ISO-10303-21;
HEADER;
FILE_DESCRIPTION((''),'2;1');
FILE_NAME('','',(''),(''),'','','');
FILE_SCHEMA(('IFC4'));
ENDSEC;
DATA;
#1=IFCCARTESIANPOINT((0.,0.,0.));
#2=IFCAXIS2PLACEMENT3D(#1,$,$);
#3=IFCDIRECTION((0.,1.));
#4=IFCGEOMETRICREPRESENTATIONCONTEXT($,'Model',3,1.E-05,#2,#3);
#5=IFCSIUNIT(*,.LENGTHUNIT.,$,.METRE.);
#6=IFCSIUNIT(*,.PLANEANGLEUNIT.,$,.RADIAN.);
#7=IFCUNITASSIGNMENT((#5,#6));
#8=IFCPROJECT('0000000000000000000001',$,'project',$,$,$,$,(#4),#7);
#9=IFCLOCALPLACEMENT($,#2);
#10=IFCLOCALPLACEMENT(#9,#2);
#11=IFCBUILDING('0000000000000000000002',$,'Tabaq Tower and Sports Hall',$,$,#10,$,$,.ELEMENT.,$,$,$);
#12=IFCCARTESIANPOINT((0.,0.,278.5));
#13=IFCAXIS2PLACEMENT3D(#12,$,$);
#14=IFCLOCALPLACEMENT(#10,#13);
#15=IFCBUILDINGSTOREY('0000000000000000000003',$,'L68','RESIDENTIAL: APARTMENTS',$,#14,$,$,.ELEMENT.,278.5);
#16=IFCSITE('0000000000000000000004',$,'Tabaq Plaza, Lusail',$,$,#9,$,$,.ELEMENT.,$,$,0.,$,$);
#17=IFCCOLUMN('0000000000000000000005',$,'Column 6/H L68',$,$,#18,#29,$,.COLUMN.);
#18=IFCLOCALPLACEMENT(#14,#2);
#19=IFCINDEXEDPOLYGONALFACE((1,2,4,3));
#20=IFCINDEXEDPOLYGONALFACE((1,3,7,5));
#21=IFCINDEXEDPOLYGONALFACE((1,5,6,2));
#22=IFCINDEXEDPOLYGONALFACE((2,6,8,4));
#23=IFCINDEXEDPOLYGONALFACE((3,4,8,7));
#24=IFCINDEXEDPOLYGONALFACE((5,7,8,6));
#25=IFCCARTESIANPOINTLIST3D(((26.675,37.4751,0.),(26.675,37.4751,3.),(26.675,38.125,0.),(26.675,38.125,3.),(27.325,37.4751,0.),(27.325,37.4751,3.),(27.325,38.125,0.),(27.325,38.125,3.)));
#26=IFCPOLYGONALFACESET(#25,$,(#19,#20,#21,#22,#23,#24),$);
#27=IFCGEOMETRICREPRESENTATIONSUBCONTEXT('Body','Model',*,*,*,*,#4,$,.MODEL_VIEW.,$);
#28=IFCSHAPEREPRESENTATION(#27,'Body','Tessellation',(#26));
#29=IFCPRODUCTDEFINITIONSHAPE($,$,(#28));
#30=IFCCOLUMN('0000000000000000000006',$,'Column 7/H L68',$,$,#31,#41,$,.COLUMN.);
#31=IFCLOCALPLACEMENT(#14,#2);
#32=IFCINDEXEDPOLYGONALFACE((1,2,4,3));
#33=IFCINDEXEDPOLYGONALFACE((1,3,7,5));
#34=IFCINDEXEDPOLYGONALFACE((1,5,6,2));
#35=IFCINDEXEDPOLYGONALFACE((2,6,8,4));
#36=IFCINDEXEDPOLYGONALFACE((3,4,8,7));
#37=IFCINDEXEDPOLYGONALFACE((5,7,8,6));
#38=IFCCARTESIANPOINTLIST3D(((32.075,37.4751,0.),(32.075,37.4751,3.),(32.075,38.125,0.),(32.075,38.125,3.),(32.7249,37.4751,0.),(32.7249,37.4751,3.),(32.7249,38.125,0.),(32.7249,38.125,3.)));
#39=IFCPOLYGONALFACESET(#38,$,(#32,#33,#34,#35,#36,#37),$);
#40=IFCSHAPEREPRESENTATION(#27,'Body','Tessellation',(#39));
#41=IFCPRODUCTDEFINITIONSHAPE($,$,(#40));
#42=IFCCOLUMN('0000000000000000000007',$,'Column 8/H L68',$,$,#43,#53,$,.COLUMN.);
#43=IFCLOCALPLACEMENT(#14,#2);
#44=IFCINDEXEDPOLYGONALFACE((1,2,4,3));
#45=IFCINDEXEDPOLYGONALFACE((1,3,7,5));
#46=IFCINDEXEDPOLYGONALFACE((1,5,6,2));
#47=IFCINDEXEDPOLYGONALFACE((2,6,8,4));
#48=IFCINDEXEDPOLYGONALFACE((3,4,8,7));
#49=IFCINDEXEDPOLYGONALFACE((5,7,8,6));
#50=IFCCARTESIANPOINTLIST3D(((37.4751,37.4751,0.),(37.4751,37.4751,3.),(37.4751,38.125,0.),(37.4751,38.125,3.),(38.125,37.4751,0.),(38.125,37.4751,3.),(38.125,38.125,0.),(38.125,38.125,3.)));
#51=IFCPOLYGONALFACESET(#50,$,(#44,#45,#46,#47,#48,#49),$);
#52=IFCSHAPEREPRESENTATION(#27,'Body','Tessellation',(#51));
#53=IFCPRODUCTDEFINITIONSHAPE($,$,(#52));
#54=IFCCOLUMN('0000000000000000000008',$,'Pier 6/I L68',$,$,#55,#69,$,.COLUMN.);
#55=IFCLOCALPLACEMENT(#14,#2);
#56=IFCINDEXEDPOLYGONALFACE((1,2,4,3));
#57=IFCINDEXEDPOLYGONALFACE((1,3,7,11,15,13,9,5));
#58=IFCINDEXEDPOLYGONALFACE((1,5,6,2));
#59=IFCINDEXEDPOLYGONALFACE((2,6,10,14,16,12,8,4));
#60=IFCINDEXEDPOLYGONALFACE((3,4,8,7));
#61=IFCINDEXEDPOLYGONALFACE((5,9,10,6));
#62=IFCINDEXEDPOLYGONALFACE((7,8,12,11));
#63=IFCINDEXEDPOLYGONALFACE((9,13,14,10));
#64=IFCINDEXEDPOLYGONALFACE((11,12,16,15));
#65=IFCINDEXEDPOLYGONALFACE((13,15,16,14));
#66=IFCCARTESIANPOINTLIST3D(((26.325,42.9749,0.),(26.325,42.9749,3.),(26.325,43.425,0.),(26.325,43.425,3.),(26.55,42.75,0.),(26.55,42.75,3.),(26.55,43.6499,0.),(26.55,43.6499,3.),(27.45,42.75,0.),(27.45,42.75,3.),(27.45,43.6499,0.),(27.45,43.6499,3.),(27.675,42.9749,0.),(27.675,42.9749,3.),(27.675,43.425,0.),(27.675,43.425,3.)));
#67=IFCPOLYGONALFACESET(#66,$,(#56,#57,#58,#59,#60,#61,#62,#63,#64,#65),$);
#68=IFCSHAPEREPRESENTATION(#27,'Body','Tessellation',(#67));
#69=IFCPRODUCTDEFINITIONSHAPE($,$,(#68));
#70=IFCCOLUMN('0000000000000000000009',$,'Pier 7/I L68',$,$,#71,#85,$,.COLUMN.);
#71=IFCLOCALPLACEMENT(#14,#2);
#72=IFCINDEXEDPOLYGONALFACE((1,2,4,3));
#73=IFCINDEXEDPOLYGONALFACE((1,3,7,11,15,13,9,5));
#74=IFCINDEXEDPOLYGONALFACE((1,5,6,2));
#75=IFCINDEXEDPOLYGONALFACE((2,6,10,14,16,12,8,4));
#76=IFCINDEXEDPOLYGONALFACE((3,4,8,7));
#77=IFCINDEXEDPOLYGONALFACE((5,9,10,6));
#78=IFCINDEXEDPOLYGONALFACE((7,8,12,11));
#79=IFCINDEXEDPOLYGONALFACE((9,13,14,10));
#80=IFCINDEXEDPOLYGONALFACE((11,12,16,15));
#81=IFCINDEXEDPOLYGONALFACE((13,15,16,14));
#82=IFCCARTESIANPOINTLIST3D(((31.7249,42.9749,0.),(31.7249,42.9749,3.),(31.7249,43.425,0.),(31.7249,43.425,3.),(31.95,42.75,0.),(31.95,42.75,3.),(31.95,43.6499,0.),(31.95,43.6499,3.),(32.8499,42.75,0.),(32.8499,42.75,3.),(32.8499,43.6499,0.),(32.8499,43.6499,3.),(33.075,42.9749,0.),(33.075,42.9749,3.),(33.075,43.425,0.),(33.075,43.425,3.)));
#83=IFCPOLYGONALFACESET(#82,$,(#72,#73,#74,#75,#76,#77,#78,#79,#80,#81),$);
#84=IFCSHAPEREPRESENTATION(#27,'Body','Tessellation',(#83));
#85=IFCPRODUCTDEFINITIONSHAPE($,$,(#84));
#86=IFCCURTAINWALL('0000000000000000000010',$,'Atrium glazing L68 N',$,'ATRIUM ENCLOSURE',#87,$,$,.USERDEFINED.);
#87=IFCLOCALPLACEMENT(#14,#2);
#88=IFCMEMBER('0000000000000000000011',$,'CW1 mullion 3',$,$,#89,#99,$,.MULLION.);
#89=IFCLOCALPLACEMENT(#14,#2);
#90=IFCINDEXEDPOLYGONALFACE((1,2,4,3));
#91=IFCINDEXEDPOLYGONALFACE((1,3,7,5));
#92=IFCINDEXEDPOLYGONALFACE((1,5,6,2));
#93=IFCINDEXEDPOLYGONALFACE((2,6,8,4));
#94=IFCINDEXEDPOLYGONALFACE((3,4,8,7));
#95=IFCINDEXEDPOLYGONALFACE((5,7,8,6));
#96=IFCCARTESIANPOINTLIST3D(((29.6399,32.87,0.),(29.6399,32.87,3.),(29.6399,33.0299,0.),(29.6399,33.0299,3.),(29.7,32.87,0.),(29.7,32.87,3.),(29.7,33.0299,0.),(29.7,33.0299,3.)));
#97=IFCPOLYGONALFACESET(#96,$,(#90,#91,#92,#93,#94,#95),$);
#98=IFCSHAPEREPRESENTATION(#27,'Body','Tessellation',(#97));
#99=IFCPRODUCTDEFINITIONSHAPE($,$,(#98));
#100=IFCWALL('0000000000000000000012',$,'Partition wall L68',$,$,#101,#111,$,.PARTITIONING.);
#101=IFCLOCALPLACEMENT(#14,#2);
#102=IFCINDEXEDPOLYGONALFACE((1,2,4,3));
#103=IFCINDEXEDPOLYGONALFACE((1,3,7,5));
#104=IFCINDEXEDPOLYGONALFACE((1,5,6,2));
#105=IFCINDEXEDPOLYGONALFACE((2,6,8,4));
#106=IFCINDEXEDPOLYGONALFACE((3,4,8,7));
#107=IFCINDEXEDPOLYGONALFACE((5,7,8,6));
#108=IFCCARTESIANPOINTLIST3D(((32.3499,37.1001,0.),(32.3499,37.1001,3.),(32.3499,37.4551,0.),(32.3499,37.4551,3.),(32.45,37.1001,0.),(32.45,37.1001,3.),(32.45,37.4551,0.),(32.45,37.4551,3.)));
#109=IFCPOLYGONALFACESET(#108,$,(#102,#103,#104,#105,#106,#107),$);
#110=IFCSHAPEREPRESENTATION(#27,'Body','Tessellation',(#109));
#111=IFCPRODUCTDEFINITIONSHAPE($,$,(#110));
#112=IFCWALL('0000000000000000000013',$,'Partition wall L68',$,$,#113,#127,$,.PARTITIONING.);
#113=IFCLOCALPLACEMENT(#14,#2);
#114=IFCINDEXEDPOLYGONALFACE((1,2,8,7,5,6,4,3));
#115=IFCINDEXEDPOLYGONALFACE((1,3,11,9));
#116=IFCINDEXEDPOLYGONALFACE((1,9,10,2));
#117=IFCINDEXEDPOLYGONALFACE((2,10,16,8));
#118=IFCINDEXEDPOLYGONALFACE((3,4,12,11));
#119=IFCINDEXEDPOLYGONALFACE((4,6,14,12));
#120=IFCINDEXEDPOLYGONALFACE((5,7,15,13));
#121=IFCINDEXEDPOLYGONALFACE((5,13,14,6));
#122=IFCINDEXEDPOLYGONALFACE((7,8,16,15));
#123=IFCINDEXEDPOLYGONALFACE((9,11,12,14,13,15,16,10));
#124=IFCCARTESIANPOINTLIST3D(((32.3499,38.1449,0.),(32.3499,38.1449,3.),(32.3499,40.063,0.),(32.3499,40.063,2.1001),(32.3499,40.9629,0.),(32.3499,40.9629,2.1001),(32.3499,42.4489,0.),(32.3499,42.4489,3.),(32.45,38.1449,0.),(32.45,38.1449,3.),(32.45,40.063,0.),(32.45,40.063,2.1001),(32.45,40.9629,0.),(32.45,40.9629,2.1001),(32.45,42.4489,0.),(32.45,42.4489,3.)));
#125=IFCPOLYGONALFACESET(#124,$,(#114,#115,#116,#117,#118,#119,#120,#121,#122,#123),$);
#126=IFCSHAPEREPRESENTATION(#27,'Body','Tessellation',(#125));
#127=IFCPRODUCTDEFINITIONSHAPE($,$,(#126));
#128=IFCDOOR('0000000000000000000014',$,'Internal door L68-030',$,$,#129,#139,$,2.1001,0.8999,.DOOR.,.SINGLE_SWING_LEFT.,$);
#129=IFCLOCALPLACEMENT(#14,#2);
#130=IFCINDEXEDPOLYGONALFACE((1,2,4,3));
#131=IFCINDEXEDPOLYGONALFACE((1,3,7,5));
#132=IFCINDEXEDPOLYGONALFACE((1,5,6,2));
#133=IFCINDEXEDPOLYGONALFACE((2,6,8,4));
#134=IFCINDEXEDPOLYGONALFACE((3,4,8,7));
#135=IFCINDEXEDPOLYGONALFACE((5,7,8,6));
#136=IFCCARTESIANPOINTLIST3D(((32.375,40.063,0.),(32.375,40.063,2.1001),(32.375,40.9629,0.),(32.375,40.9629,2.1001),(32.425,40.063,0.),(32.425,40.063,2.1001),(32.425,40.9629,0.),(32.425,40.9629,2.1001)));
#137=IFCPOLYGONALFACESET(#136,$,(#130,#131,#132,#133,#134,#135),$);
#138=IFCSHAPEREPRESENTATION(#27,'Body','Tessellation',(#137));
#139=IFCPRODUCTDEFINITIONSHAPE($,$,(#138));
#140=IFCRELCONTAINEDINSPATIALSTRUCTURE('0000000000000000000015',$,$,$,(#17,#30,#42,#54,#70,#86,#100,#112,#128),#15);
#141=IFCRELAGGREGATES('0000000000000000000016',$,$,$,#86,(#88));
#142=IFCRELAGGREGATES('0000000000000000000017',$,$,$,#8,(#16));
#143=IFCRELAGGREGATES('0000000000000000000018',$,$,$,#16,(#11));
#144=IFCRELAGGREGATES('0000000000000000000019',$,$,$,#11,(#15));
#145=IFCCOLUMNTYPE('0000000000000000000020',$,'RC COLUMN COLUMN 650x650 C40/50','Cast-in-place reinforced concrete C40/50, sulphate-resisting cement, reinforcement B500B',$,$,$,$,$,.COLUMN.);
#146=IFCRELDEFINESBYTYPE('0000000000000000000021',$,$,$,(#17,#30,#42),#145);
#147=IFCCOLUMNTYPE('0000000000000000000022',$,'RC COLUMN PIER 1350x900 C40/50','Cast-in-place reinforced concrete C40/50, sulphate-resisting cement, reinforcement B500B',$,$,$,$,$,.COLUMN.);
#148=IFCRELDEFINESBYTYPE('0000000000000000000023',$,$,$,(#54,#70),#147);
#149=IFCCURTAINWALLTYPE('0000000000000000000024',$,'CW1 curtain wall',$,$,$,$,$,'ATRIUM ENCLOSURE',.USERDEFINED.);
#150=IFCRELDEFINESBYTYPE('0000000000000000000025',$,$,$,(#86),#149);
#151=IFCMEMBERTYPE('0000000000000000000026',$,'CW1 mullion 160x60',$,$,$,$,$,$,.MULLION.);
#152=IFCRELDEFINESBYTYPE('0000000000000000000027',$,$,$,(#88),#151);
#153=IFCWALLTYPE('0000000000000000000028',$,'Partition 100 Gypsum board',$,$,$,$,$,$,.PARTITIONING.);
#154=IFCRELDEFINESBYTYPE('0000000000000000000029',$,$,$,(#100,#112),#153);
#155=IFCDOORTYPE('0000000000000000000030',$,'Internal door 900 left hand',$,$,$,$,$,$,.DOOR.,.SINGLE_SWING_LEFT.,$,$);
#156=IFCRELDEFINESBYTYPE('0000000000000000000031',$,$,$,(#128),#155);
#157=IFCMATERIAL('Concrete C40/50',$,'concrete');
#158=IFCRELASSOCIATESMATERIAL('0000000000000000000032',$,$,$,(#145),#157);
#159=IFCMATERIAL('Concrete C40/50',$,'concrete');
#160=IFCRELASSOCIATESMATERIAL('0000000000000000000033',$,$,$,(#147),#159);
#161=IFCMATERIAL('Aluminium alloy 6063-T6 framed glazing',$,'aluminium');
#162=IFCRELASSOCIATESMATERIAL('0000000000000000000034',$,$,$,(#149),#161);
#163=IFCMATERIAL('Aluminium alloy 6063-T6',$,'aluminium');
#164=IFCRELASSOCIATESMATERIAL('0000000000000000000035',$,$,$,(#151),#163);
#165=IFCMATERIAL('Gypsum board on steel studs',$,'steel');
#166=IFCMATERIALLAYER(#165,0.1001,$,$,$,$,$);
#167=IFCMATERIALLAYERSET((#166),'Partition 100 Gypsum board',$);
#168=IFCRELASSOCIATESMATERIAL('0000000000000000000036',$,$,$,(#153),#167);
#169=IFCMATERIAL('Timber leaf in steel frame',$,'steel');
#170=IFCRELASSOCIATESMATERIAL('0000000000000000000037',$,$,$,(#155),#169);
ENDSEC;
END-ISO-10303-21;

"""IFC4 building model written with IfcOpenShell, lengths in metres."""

from ifc_helpers import new_model, si_unit, direction, frame, frame_2d, origin, origin_2d, place, context, subcontext, project, spatial, polyline, rectangle, outline, extrude, material, layer, layer_set, material_profile, profile_set, type_object, element, fill, aggregate, save


model = new_model("IFC4")

# Units and contexts
model_context = context("Model", 3, precision=1e-05, world=origin(), true_north=direction((0.0, 1.0)))
body_context = subcontext(model_context, "Body", "Model", "MODEL_VIEW")
ifc_project = project(units=[si_unit("LENGTHUNIT", "METRE"), si_unit("PLANEANGLEUNIT", "RADIAN")], contexts=[model_context])

# Site, building, storey
site_placement = place(None, origin())
site = spatial("IfcSite", under=ifc_project, at=site_placement, Name="Tabaq Plaza, Lusail", CompositionType="ELEMENT", RefElevation=0.0)
building_placement = place(site_placement, origin())
building = spatial("IfcBuilding", under=site, at=building_placement, Name="Tabaq Tower and Sports Hall", CompositionType="ELEMENT")
storey_placement = place(building_placement, frame((0.0, 0.0, 278.5)))
storey = spatial("IfcBuildingStorey", under=building, at=storey_placement, Name="L68", Description="RESIDENTIAL: APARTMENTS", CompositionType="ELEMENT", Elevation=278.5)

# Columns
ifc_material_1 = material(Name="Concrete C40/50", Category="concrete")
ifc_material_profile_1 = material_profile(ifc_material_1, rectangle(XDim=0.6499, YDim=0.6499, at=origin_2d()), Name="COLUMN 650x650")
ifc_profile_set_1 = profile_set([ifc_material_profile_1], Name="Concrete C40/50")
column_type_1 = type_object("IfcColumnType", Name="RC COLUMN COLUMN 650x650 C40/50", Description="Cast-in-place reinforced concrete C40/50, sulphate-resisting cement, reinforcement B500B", PredefinedType="COLUMN", material=ifc_profile_set_1)
for number, where, z_axis, x_axis, name in (
    (1, (27.0, 37.8, 0.0), (0.0, 0.0, 1.0), (1.0, 0.0, 0.0), "Column 6/H L68"),
    (2, (32.3999, 37.8, 0.0), (0.0, 0.0, 1.0), (1.0, 0.0, 0.0), "Column 7/H L68"),
    (3, (37.8, 37.8, 0.0), (0.0, 0.0, 1.0), (1.0, 0.0, 0.0), "Column 8/H L68"),
):
    element("IfcColumn", number, at=place(storey_placement, frame(where, z_axis=z_axis, x_axis=x_axis)), inside=storey, type_object=column_type_1, Name=name, PredefinedType="COLUMN", context=body_context, shape_type="SweptSolid", body=[
        extrude(rectangle(XDim=0.6499, YDim=0.6499, at=origin_2d()), origin(), (0.0, 0.0, 1.0), 3.0),
    ])
ifc_material_2 = material(Name="Concrete C40/50", Category="concrete")
ifc_material_profile_2 = material_profile(ifc_material_2, outline(polyline([(-0.45, -0.45), (0.45, -0.45), (0.675, -0.2251), (0.675, 0.2251), (0.45, 0.45), (-0.45, 0.45), (-0.675, 0.2251), (-0.675, -0.2251), (-0.45, -0.45)])), Name="PIER 1350x900")
ifc_profile_set_2 = profile_set([ifc_material_profile_2], Name="Concrete C40/50")
column_type_2 = type_object("IfcColumnType", Name="RC COLUMN PIER 1350x900 C40/50", Description="Cast-in-place reinforced concrete C40/50, sulphate-resisting cement, reinforcement B500B", PredefinedType="COLUMN", material=ifc_profile_set_2)
for number, where, z_axis, x_axis, name in (
    (4, (27.0, 43.2, 0.0), (0.0, 0.0, 1.0), (1.0, 0.0, 0.0), "Pier 6/I L68"),
    (5, (32.3999, 43.2, 0.0), (0.0, 0.0, 1.0), (1.0, 0.0, 0.0), "Pier 7/I L68"),
):
    element("IfcColumn", number, at=place(storey_placement, frame(where, z_axis=z_axis, x_axis=x_axis)), inside=storey, type_object=column_type_2, Name=name, PredefinedType="COLUMN", context=body_context, shape_type="SweptSolid", body=[
        extrude(outline(polyline([(-0.45, -0.45), (0.45, -0.45), (0.675, -0.2251), (0.675, 0.2251), (0.45, 0.45), (-0.45, 0.45), (-0.675, 0.2251), (-0.675, -0.2251), (-0.45, -0.45)])), origin(), (0.0, 0.0, 1.0), 3.0),
    ])

# Curtain wall, member
ifc_material_3 = material(Name="Aluminium alloy 6063-T6 framed glazing", Category="aluminium")
curtain_wall_type = type_object("IfcCurtainWallType", Name="CW1 curtain wall", ElementType="ATRIUM ENCLOSURE", PredefinedType="USERDEFINED", material=ifc_material_3)
curtain_wall_placement = place(storey_placement, origin())
curtain_wall = element("IfcCurtainWall", 6, at=curtain_wall_placement, inside=storey, type_object=curtain_wall_type, Name="Atrium glazing L68 N", ObjectType="ATRIUM ENCLOSURE", PredefinedType="USERDEFINED")
ifc_material_4 = material(Name="Aluminium alloy 6063-T6", Category="aluminium")
ifc_material_profile_3 = material_profile(ifc_material_4, rectangle(XDim=0.1599, YDim=0.0601, at=origin_2d()), Name="MULLION 160x60")
ifc_profile_set_3 = profile_set([ifc_material_profile_3], Name="Aluminium alloy 6063-T6")
member_type = type_object("IfcMemberType", Name="CW1 mullion 160x60", PredefinedType="MULLION", material=ifc_profile_set_3)
member_placement = place(storey_placement, frame((29.6699, 32.95, 0.0), z_axis=(0.0, 0.0, 1.0), x_axis=(0.0, 1.0, 0.0)))
member = element("IfcMember", 7, at=member_placement, type_object=member_type, Name="CW1 mullion 3", PredefinedType="MULLION", context=body_context, shape_type="SweptSolid", body=[
    extrude(rectangle(XDim=0.1599, YDim=0.0601, at=origin_2d()), origin(), (0.0, 0.0, 1.0), 3.0),
])
aggregate(curtain_wall, [member])

# Wall
ifc_material_5 = material(Name="Gypsum board on steel studs", Category="steel")
ifc_layer_1 = layer(ifc_material_5, 0.1001)
ifc_layer_set_1 = layer_set([ifc_layer_1], Name="Partition 100 Gypsum board")
wall_type_1 = type_object("IfcWallType", Name="Partition 100 Gypsum board", PredefinedType="PARTITIONING", material=ifc_layer_set_1)
wall_1_placement = place(storey_placement, frame((32.3999, 37.1001, 0.0), z_axis=(0.0, 0.0, 1.0), x_axis=(0.0, 1.0, 0.0)))
element("IfcWall", 8, at=wall_1_placement, inside=storey, type_object=wall_type_1, Name="Partition wall L68", PredefinedType="PARTITIONING", context=body_context, shape_type="SweptSolid", body=[
    extrude(rectangle(XDim=0.355, YDim=0.1001, at=frame_2d((0.1775, 0.0))), origin(), (0.0, 0.0, 1.0), 3.0),
])

# Wall, opening, door
wall_2_placement = place(storey_placement, frame((32.3999, 38.145, 0.0), z_axis=(0.0, 0.0, 1.0), x_axis=(0.0, 1.0, 0.0)))
wall_2 = element("IfcWall", 9, at=wall_2_placement, inside=storey, type_object=wall_type_1, Name="Partition wall L68", PredefinedType="PARTITIONING", context=body_context, shape_type="SweptSolid", body=[
    extrude(rectangle(XDim=4.304, YDim=0.1001, at=frame_2d((2.1519, 0.0))), origin(), (0.0, 0.0, 1.0), 3.0),
])
opening_1_placement = place(wall_2_placement, frame((1.918, 0.0, 0.0)))
opening_1 = element("IfcOpeningElement", 10, at=opening_1_placement, cuts=wall_2, PredefinedType="OPENING", context=body_context, shape_type="SweptSolid", body=[
    extrude(rectangle(XDim=0.8999, YDim=2.1001, at=frame_2d((0.45, 1.05))), frame((0.0, 0.05, 0.0), z_axis=(0.0, -1.0, 0.0), x_axis=(1.0, 0.0, 0.0)), (0.0, 0.0, 1.0), 0.1001),
])
ifc_material_6 = material(Name="Timber leaf in steel frame", Category="steel")
door_type_1 = type_object("IfcDoorType", Name="Internal door 900 left hand", OperationType="SINGLE_SWING_LEFT", PredefinedType="DOOR", material=ifc_material_6)
door_1_placement = place(opening_1_placement, origin())
door_1 = element("IfcDoor", 11, at=door_1_placement, inside=storey, type_object=door_type_1, Name="Internal door L68-030", OperationType="SINGLE_SWING_LEFT", OverallHeight=2.1001, OverallWidth=0.8999, PredefinedType="DOOR", context=body_context, shape_type="SweptSolid", body=[
    extrude(rectangle(XDim=0.8999, YDim=2.1001, at=frame_2d((0.45, 1.05))), frame((0.0, 0.0249, 0.0), z_axis=(0.0, -1.0, 0.0), x_axis=(1.0, 0.0, 0.0)), (0.0, 0.0, 1.0), 0.05),
])
fill(opening_1, door_1)

save(model, "model.ifc")
